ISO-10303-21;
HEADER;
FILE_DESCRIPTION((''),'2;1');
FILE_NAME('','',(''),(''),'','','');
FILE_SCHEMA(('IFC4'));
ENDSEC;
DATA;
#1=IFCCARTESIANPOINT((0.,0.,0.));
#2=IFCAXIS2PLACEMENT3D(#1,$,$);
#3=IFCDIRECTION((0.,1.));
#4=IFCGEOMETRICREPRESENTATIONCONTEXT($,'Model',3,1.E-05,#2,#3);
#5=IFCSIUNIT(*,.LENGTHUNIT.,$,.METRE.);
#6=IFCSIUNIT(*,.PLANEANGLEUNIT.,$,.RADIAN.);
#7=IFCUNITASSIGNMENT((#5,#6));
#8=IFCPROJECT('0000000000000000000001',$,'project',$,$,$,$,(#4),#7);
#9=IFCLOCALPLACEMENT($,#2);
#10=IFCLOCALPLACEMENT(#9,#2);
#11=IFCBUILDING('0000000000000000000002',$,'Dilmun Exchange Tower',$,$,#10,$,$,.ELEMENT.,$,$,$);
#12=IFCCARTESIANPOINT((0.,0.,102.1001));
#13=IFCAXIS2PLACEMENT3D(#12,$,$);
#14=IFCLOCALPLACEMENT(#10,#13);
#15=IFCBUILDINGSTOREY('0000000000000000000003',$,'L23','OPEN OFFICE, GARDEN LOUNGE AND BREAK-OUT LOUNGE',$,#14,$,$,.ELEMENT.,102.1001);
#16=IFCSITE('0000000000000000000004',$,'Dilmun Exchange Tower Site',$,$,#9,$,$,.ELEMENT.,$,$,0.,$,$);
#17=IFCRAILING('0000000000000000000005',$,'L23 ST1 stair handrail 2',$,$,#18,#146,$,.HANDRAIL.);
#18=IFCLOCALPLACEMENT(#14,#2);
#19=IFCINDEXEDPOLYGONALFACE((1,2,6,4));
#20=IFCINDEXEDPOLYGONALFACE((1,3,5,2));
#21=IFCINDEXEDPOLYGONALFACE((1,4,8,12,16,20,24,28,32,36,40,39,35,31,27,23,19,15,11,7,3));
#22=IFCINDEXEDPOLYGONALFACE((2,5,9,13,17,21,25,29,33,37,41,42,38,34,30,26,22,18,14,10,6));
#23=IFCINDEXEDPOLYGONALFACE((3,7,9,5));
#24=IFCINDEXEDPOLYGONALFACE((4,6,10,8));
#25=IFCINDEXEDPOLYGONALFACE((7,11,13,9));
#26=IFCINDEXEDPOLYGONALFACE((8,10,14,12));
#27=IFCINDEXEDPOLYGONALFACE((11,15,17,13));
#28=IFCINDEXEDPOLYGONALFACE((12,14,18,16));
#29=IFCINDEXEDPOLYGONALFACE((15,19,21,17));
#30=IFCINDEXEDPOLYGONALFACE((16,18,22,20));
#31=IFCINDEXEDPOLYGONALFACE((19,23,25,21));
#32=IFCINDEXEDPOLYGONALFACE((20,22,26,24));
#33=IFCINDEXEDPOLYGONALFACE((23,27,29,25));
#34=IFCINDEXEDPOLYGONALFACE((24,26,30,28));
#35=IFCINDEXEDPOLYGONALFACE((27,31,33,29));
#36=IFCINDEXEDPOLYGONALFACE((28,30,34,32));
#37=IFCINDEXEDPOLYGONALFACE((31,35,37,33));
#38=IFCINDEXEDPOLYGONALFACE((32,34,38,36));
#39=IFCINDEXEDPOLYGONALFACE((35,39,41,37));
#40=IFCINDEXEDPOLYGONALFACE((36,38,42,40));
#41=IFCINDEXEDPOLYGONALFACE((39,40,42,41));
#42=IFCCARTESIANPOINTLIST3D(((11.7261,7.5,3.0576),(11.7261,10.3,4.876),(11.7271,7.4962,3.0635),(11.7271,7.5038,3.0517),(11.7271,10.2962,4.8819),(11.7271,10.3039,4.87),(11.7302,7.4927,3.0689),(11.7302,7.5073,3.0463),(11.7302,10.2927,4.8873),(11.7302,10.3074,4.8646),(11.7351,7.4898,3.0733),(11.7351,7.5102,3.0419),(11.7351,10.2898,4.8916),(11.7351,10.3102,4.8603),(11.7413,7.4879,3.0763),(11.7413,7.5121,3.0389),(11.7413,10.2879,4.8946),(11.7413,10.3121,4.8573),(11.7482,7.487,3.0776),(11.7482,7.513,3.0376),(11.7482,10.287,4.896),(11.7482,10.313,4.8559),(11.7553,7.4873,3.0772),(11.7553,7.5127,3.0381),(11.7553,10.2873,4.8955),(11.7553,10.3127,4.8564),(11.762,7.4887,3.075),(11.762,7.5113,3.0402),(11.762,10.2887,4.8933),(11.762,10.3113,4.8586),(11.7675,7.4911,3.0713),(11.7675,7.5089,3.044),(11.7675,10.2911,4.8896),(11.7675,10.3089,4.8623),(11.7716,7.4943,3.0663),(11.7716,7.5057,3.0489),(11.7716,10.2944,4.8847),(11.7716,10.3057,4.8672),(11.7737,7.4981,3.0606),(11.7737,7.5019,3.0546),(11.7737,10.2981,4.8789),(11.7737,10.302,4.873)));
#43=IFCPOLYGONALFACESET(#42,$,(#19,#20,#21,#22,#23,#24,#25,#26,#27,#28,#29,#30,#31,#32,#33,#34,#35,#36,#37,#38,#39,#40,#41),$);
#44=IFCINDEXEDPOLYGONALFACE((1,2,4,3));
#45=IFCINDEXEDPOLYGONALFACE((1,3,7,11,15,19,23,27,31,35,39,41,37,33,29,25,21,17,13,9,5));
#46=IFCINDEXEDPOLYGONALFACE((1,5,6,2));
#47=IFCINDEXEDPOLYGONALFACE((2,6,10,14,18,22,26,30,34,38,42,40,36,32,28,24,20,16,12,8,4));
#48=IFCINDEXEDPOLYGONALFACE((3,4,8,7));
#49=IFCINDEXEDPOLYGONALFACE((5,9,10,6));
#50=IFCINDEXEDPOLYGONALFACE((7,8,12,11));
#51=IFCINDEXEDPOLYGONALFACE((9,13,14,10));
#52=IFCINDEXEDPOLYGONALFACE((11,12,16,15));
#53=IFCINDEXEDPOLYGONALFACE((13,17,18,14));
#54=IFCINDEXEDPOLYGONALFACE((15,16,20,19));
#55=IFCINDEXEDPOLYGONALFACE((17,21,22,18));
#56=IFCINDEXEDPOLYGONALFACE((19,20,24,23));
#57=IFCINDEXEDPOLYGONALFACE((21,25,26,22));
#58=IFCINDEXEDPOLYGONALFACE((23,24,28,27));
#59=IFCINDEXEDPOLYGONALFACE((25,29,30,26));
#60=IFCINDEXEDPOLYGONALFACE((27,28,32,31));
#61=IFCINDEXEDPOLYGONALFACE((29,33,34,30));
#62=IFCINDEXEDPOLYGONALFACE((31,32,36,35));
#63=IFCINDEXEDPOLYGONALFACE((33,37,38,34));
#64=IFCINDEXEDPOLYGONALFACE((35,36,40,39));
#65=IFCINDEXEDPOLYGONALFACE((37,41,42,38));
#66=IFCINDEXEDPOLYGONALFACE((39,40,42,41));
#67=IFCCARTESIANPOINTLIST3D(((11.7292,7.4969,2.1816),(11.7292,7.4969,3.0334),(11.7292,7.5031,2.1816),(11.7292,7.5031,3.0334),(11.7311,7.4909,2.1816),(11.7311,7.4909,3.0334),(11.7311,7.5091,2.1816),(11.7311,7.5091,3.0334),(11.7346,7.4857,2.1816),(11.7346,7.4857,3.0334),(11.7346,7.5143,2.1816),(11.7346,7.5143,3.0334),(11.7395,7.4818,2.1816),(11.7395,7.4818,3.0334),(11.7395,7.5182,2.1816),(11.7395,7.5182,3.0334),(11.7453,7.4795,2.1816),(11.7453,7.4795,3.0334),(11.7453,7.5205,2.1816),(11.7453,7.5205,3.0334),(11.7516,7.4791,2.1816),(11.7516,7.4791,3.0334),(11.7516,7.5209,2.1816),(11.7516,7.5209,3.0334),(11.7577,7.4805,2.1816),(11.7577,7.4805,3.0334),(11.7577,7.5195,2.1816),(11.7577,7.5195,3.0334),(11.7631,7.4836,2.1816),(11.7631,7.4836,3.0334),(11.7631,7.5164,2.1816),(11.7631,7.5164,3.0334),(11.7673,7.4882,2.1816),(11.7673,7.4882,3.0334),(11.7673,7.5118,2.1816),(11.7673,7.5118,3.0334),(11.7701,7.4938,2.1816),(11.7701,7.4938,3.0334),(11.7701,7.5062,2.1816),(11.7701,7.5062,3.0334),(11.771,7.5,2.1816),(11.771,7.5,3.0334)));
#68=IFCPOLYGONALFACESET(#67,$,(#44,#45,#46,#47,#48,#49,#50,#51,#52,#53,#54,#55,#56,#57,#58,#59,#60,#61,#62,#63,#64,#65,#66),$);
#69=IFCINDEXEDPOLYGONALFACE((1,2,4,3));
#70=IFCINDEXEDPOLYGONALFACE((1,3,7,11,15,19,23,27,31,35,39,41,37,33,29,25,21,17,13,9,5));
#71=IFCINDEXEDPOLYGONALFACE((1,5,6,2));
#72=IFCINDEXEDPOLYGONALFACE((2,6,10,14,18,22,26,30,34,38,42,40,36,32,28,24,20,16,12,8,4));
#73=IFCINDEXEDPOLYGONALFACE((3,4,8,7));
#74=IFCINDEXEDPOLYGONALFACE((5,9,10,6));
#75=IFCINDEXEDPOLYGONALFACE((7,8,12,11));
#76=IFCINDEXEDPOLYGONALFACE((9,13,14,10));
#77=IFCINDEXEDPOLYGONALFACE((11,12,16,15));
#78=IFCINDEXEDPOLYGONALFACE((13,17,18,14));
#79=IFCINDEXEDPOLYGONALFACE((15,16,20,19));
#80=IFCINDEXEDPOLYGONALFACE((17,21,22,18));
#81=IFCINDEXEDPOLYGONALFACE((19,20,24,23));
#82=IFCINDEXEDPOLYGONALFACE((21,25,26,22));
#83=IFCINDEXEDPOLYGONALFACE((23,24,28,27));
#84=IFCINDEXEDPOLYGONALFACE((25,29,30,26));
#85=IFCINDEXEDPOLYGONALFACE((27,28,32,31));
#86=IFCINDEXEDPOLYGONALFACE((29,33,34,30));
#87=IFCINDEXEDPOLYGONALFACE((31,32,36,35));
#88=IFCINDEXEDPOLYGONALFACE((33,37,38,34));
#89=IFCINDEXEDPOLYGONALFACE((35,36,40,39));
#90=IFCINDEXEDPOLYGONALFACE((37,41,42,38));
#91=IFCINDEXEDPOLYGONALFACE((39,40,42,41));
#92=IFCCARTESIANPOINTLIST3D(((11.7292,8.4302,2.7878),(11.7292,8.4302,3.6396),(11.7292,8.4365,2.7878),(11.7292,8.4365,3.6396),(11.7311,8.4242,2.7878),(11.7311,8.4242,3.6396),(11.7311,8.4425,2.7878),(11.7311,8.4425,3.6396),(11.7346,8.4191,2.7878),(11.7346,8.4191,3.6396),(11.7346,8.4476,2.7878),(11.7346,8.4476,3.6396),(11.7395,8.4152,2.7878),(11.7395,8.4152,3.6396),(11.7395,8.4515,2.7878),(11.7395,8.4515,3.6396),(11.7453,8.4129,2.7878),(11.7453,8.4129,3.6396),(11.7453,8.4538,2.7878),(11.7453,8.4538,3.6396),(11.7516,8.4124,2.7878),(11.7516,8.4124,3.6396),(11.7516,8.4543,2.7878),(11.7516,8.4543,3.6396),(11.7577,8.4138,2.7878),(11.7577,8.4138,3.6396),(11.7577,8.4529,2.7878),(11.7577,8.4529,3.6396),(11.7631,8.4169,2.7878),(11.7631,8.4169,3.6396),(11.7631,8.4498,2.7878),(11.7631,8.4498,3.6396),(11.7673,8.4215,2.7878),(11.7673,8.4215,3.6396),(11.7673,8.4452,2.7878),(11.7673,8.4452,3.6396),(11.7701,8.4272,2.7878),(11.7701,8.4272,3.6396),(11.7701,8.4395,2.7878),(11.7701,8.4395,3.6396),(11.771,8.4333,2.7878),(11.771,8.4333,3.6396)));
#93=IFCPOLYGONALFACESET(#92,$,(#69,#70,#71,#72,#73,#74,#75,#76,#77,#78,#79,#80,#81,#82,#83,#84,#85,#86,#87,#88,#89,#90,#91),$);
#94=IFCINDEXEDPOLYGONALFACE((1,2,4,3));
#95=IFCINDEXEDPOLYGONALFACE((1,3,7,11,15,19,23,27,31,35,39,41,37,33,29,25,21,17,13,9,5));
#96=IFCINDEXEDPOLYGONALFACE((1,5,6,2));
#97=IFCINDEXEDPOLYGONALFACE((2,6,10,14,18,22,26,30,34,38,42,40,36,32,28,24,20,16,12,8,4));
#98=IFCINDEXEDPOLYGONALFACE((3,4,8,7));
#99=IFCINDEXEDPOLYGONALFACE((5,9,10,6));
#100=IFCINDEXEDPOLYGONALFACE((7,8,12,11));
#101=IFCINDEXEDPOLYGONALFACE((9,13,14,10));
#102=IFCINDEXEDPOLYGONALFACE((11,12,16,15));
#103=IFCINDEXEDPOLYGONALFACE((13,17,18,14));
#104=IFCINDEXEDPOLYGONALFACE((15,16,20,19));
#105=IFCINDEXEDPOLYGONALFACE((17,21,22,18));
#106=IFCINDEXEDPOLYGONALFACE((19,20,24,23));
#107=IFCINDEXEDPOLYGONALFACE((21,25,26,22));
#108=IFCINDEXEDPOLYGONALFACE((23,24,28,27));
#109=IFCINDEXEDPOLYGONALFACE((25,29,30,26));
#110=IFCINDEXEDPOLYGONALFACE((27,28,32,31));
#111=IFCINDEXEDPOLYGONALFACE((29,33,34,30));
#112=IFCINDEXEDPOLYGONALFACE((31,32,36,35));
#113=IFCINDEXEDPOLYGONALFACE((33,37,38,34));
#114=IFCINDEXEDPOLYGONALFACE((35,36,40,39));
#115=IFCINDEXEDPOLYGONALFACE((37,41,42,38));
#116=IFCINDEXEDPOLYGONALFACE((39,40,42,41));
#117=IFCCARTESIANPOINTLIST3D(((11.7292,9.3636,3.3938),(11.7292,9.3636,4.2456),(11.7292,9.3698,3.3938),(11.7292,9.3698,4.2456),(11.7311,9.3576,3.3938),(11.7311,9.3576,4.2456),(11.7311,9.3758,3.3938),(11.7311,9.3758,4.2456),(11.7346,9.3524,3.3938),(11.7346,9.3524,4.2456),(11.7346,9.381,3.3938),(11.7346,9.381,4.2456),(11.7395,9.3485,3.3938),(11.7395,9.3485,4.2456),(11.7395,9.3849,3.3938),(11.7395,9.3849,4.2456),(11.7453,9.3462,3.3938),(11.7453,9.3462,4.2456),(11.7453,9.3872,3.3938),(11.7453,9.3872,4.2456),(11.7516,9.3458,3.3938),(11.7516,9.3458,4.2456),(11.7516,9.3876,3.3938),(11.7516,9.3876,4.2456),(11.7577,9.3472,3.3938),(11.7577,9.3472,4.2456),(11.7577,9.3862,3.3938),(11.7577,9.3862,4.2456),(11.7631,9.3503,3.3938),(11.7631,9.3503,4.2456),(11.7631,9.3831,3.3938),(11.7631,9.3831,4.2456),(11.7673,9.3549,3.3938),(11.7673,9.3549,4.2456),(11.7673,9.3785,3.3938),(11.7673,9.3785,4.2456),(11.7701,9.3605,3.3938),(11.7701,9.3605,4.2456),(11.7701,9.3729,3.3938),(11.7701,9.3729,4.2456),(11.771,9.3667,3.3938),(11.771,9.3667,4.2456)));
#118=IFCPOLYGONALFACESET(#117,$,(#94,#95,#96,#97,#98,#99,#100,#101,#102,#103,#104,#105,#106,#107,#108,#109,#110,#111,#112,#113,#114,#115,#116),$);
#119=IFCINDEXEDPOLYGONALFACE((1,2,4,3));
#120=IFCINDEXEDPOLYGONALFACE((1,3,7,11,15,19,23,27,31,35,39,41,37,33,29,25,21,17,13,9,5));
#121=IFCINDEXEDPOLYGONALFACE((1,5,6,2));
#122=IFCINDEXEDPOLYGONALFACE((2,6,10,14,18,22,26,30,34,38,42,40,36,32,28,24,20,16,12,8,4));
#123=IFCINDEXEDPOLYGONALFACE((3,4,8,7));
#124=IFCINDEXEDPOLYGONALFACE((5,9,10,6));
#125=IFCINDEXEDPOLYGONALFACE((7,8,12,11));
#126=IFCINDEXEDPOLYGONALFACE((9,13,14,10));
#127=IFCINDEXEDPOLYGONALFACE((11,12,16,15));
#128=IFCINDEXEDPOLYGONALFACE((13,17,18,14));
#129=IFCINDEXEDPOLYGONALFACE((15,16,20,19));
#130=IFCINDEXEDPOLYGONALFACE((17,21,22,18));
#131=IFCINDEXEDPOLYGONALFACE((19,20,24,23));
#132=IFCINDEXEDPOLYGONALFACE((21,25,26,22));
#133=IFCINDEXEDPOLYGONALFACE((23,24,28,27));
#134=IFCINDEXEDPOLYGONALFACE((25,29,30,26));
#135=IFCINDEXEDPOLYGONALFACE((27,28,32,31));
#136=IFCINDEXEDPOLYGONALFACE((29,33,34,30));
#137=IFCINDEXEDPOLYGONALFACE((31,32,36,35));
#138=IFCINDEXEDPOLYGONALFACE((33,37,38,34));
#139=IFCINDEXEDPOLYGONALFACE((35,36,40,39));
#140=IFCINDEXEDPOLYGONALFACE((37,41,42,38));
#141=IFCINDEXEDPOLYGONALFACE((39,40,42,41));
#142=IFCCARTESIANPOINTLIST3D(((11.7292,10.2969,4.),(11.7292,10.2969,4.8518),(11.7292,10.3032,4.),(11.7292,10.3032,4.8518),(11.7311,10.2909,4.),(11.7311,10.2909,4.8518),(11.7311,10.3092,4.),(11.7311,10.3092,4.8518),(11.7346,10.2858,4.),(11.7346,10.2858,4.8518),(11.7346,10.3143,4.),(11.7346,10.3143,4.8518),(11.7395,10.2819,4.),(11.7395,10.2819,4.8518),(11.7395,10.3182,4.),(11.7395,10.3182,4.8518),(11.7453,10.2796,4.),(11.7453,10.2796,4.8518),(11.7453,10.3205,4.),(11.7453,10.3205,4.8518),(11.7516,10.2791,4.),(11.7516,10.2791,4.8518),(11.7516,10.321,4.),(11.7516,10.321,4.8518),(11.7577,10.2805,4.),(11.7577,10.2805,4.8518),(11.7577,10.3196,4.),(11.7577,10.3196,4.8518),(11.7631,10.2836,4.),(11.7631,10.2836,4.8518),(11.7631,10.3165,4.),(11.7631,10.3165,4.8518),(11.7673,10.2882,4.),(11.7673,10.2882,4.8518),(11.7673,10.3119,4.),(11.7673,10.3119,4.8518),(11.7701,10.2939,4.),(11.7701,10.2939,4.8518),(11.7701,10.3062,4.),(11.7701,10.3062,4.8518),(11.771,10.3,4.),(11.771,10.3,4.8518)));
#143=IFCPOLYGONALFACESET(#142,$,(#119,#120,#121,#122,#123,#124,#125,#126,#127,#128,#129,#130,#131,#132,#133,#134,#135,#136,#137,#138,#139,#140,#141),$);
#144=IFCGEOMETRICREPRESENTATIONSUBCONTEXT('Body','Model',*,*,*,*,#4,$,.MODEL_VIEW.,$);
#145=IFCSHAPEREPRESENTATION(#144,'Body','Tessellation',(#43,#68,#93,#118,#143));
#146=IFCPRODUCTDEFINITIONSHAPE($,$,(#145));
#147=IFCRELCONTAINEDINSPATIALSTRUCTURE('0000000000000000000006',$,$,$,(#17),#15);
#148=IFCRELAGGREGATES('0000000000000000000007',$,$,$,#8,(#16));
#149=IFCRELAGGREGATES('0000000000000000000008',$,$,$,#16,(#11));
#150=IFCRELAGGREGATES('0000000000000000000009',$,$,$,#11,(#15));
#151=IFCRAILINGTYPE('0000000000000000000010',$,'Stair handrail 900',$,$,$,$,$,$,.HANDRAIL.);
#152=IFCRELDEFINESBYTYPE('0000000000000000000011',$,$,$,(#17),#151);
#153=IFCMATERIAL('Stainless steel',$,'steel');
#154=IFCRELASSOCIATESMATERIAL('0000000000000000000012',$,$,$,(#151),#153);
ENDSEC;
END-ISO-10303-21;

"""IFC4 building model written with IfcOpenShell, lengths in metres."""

from ifc_helpers import new_model, si_unit, direction, frame, origin, origin_2d, place, context, subcontext, project, spatial, circle, extrude, material, type_object, element, save


model = new_model("IFC4")

# Units and contexts
model_context = context("Model", 3, precision=1e-05, world=origin(), true_north=direction((0.0, 1.0)))
body_context = subcontext(model_context, "Body", "Model", "MODEL_VIEW")
ifc_project = project(units=[si_unit("LENGTHUNIT", "METRE"), si_unit("PLANEANGLEUNIT", "RADIAN")], contexts=[model_context])

# Site, building, storey
site_placement = place(None, origin())
site = spatial("IfcSite", under=ifc_project, at=site_placement, Name="Dilmun Exchange Tower Site", CompositionType="ELEMENT", RefElevation=0.0)
building_placement = place(site_placement, origin())
building = spatial("IfcBuilding", under=site, at=building_placement, Name="Dilmun Exchange Tower", CompositionType="ELEMENT")
storey_placement = place(building_placement, frame((0.0, 0.0, 102.1001)))
storey = spatial("IfcBuildingStorey", under=building, at=storey_placement, Name="L23", Description="OPEN OFFICE, GARDEN LOUNGE AND BREAK-OUT LOUNGE", CompositionType="ELEMENT", Elevation=102.1001)

# Railing
ifc_material_1 = material(Name="Stainless steel", Category="steel")
railing_type = type_object("IfcRailingType", Name="Stair handrail 900", PredefinedType="HANDRAIL", material=ifc_material_1)
railing_1_placement = place(storey_placement, frame((11.75, 7.5, 2.1816)))
element("IfcRailing", 1, at=railing_1_placement, inside=storey, type_object=railing_type, Name="L23 ST1 stair handrail 2", PredefinedType="HANDRAIL", context=body_context, shape_type="SweptSolid", body=[
    extrude(circle(Radius=0.0239, at=origin_2d()), frame((0.0, 0.0, 0.876), z_axis=(0.0, 0.838672, 0.544636), x_axis=(-1.0, 0.0, 0.0)), (0.0, 0.0, 1.0), 3.3386),
    extrude(circle(Radius=0.021, at=origin_2d()), origin(), (0.0, 0.0, 1.0), 0.8518),
    extrude(circle(Radius=0.021, at=origin_2d()), frame((0.0, 0.9333, 0.6062)), (0.0, 0.0, 1.0), 0.8518),
    extrude(circle(Radius=0.021, at=origin_2d()), frame((0.0, 1.8667, 1.2122)), (0.0, 0.0, 1.0), 0.8518),
    extrude(circle(Radius=0.021, at=origin_2d()), frame((0.0, 2.8, 1.8184)), (0.0, 0.0, 1.0), 0.8518),
])

save(model, "model.ifc")
